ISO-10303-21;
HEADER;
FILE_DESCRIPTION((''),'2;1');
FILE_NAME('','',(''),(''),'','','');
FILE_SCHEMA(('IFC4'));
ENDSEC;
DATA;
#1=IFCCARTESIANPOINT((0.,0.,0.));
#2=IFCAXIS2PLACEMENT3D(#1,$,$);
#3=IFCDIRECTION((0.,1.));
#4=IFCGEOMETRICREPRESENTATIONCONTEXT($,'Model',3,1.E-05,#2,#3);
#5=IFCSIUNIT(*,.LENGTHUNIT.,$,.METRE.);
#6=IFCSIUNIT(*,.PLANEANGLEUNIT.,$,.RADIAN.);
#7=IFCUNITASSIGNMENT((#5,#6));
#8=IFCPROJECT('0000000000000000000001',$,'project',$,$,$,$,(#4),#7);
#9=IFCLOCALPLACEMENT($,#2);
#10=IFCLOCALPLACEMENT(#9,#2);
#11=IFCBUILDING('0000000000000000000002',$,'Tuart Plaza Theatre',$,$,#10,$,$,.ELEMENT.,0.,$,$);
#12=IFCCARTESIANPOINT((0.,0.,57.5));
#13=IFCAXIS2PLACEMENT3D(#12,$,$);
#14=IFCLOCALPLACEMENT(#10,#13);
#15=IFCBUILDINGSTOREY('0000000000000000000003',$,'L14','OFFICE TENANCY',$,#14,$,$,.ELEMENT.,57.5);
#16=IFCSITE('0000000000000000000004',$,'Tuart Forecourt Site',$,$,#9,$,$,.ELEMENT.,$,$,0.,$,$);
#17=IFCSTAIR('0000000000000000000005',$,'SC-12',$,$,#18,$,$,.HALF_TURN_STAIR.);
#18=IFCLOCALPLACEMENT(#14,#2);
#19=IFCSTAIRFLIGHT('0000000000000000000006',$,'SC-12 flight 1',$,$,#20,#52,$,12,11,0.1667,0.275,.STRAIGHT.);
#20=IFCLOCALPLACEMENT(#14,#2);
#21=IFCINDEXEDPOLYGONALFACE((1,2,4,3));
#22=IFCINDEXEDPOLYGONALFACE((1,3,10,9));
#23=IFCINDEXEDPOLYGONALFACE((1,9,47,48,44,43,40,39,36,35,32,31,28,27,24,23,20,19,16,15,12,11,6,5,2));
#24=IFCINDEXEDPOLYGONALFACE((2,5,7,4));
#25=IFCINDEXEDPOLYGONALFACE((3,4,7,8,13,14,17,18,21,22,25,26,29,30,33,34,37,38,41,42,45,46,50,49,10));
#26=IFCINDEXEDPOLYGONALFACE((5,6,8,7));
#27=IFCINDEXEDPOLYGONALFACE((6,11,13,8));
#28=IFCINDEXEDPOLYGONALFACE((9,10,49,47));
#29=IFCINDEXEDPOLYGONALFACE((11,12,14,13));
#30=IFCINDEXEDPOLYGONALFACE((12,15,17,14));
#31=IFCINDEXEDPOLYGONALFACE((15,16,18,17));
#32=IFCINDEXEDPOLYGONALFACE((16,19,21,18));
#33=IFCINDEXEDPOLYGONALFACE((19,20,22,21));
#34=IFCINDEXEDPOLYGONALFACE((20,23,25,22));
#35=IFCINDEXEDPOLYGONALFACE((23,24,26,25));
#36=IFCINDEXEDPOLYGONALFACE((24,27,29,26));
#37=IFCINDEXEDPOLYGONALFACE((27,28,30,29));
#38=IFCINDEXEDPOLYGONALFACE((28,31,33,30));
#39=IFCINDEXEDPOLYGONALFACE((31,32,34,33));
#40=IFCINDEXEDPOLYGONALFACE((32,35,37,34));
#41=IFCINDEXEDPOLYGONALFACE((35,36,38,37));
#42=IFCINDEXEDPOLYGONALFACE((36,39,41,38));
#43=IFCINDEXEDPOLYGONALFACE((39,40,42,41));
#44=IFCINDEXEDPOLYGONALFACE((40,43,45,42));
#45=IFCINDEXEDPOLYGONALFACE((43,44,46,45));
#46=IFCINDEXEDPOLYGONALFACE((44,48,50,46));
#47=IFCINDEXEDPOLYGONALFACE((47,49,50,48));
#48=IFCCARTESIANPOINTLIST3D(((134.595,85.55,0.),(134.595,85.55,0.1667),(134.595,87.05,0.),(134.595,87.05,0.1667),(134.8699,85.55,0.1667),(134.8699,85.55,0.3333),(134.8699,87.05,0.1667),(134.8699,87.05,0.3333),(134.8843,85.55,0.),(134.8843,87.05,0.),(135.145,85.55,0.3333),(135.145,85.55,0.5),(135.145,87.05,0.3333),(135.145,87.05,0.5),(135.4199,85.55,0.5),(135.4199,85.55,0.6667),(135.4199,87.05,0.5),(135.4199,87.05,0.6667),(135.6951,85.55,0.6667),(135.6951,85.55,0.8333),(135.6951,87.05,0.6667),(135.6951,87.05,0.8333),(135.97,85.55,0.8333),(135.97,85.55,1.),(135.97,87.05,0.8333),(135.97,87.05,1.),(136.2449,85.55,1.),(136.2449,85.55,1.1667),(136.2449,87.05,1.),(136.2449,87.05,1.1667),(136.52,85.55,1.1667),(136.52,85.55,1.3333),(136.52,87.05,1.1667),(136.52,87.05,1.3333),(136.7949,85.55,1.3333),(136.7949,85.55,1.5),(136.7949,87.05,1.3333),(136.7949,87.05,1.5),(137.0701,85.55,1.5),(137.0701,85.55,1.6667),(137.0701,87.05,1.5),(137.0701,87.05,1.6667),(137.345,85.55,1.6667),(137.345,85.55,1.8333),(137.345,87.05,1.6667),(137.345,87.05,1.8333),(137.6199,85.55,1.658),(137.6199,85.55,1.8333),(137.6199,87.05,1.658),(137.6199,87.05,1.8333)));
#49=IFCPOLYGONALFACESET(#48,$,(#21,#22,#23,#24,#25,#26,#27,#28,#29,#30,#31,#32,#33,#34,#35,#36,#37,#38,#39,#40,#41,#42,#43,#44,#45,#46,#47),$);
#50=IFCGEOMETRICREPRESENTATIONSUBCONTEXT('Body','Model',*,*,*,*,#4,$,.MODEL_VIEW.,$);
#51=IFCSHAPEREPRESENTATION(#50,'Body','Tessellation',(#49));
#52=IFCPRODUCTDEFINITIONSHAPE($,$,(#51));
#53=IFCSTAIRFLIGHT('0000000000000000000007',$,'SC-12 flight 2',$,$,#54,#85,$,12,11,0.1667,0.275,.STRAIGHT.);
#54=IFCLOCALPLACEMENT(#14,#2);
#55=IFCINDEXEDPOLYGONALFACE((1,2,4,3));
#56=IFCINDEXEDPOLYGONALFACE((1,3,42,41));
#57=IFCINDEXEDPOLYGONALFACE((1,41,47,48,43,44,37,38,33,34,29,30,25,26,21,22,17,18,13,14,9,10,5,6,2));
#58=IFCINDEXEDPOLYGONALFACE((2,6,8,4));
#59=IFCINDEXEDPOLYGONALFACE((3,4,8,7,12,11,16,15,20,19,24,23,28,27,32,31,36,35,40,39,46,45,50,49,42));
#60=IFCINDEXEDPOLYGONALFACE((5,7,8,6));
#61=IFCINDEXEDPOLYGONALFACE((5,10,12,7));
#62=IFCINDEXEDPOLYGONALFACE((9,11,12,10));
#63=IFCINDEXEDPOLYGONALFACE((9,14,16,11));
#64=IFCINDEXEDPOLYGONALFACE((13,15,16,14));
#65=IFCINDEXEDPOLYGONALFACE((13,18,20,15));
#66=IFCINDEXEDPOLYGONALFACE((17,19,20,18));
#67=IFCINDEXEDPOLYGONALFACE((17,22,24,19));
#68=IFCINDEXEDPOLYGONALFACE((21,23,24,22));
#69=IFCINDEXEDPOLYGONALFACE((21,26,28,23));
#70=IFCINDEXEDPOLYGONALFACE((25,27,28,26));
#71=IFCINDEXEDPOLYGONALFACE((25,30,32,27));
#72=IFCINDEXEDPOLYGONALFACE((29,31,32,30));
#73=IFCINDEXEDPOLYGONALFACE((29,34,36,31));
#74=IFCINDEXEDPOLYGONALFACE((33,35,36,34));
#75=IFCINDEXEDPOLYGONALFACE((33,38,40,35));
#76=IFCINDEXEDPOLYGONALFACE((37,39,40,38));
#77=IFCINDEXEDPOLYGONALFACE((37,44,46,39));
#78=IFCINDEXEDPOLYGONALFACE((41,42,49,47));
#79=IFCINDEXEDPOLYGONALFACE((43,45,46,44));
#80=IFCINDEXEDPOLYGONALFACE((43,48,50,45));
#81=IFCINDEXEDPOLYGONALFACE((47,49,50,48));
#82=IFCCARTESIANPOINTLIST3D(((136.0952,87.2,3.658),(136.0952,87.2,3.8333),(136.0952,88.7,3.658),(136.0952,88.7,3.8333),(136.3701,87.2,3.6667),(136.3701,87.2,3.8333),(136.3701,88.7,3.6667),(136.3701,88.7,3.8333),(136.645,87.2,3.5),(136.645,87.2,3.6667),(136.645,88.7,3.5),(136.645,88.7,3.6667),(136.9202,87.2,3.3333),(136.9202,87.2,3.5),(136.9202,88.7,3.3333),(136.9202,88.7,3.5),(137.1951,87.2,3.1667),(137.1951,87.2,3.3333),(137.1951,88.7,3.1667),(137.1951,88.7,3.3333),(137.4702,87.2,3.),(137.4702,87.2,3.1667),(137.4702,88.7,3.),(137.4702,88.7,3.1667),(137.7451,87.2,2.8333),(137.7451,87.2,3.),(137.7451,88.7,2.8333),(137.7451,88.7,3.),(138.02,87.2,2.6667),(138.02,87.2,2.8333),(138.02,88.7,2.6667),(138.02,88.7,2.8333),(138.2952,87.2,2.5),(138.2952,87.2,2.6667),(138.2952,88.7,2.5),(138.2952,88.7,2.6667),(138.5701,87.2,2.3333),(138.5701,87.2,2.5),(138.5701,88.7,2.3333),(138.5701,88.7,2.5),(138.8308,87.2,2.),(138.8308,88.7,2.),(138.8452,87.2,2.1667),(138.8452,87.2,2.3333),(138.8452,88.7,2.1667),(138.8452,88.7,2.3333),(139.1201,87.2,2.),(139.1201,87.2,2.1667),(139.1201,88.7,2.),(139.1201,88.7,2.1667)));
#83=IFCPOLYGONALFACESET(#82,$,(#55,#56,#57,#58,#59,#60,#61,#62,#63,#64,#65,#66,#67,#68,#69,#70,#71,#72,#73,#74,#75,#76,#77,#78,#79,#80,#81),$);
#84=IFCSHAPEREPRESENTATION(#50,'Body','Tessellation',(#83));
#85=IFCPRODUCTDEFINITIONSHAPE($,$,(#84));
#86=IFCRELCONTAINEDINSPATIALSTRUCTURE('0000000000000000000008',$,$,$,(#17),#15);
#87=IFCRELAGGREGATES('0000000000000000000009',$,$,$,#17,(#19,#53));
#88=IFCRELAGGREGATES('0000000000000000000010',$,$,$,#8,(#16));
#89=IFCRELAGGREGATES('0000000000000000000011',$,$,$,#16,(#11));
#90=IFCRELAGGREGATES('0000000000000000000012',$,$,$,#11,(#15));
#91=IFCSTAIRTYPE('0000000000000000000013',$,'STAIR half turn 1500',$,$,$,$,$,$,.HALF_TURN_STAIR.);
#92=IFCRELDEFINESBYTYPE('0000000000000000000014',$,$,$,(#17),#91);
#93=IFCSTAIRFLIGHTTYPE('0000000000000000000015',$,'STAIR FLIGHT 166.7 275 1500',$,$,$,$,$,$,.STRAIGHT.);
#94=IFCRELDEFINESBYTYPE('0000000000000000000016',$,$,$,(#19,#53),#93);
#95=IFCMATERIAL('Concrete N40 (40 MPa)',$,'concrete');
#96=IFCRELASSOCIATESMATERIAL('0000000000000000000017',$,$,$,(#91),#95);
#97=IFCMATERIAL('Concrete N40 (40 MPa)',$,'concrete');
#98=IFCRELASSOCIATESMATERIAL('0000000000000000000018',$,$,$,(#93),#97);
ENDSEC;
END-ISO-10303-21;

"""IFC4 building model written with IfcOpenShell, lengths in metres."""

from ifc_helpers import new_model, si_unit, direction, frame, origin, place, context, subcontext, project, spatial, polyline, outline, extrude, material, type_object, element, aggregate, save


model = new_model("IFC4")

# Units and contexts
model_context = context("Model", 3, precision=1e-05, world=origin(), true_north=direction((0.0, 1.0)))
body_context = subcontext(model_context, "Body", "Model", "MODEL_VIEW")
ifc_project = project(units=[si_unit("LENGTHUNIT", "METRE"), si_unit("PLANEANGLEUNIT", "RADIAN")], contexts=[model_context])

# Site, building, storey
site_placement = place(None, origin())
site = spatial("IfcSite", under=ifc_project, at=site_placement, Name="Tuart Forecourt Site", CompositionType="ELEMENT", RefElevation=0.0)
building_placement = place(site_placement, origin())
building = spatial("IfcBuilding", under=site, at=building_placement, Name="Tuart Plaza Theatre", CompositionType="ELEMENT", ElevationOfRefHeight=0.0)
storey_placement = place(building_placement, frame((0.0, 0.0, 57.5)))
storey = spatial("IfcBuildingStorey", under=building, at=storey_placement, Name="L14", Description="OFFICE TENANCY", CompositionType="ELEMENT", Elevation=57.5)

# Stair, stair flights
ifc_material_1 = material(Name="Concrete N40 (40 MPa)", Category="concrete")
stair_type = type_object("IfcStairType", Name="STAIR half turn 1500", PredefinedType="HALF_TURN_STAIR", material=ifc_material_1)
stair_placement = place(storey_placement, origin())
stair = element("IfcStair", 1, at=stair_placement, inside=storey, type_object=stair_type, Name="SC-12", PredefinedType="HALF_TURN_STAIR")
ifc_material_2 = material(Name="Concrete N40 (40 MPa)", Category="concrete")
stair_flight_type = type_object("IfcStairFlightType", Name="STAIR FLIGHT 166.7 275 1500", PredefinedType="STRAIGHT", material=ifc_material_2)
stair_flight_1_placement = place(storey_placement, frame((134.595, 86.3, 0.0), z_axis=(0.0, 0.0, 1.0), x_axis=(1.0, 0.0, 0.0)))
stair_flight_1 = element("IfcStairFlight", 2, at=stair_flight_1_placement, type_object=stair_flight_type, Name="SC-12 flight 1", NumberOfRisers=12, NumberOfTreads=11, PredefinedType="STRAIGHT", RiserHeight=0.1667, TreadLength=0.275, context=body_context, shape_type="SweptSolid", body=[
    extrude(outline(polyline([(0.0, 0.0), (0.0, 0.1667), (0.2749, 0.1667), (0.2749, 0.3333), (0.55, 0.3333), (0.55, 0.5), (0.825, 0.5), (0.825, 0.6667), (1.1001, 0.6667), (1.1001, 0.8333), (1.375, 0.8333), (1.375, 1.0), (1.6499, 1.0), (1.6499, 1.1667), (1.925, 1.1667), (1.925, 1.3333), (2.2, 1.3333), (2.2, 1.5), (2.4751, 1.5), (2.4751, 1.6667), (2.75, 1.6667), (2.75, 1.8333), (3.0249, 1.8333), (3.0249, 2.0), (3.0249, 1.658), (0.2893, 0.0), (0.0, 0.0)])), frame((0.0, 0.75, 0.0), z_axis=(0.0, -1.0, 0.0), x_axis=(1.0, 0.0, 0.0)), (0.0, 0.0, 1.0), 1.5),
])
stair_flight_2_placement = place(storey_placement, frame((139.1201, 87.95, 2.0), z_axis=(0.0, 0.0, 1.0), x_axis=(-1.0, 0.0, 0.0)))
stair_flight_2 = element("IfcStairFlight", 3, at=stair_flight_2_placement, type_object=stair_flight_type, Name="SC-12 flight 2", NumberOfRisers=12, NumberOfTreads=11, PredefinedType="STRAIGHT", RiserHeight=0.1667, TreadLength=0.275, context=body_context, shape_type="SweptSolid", body=[
    extrude(outline(polyline([(0.0, 0.0), (0.0, 0.1667), (0.2749, 0.1667), (0.2749, 0.3333), (0.55, 0.3333), (0.55, 0.5), (0.825, 0.5), (0.825, 0.6667), (1.1001, 0.6667), (1.1001, 0.8333), (1.375, 0.8333), (1.375, 1.0), (1.6499, 1.0), (1.6499, 1.1667), (1.925, 1.1667), (1.925, 1.3333), (2.2, 1.3333), (2.2, 1.5), (2.4751, 1.5), (2.4751, 1.6667), (2.75, 1.6667), (2.75, 1.8333), (3.0249, 1.8333), (3.0249, 2.0), (3.0249, 1.658), (0.2893, 0.0), (0.0, 0.0)])), frame((0.0, 0.75, 0.0), z_axis=(0.0, -1.0, 0.0), x_axis=(1.0, 0.0, 0.0)), (0.0, 0.0, 1.0), 1.5),
])
aggregate(stair, [stair_flight_1, stair_flight_2])

save(model, "model.ifc")
